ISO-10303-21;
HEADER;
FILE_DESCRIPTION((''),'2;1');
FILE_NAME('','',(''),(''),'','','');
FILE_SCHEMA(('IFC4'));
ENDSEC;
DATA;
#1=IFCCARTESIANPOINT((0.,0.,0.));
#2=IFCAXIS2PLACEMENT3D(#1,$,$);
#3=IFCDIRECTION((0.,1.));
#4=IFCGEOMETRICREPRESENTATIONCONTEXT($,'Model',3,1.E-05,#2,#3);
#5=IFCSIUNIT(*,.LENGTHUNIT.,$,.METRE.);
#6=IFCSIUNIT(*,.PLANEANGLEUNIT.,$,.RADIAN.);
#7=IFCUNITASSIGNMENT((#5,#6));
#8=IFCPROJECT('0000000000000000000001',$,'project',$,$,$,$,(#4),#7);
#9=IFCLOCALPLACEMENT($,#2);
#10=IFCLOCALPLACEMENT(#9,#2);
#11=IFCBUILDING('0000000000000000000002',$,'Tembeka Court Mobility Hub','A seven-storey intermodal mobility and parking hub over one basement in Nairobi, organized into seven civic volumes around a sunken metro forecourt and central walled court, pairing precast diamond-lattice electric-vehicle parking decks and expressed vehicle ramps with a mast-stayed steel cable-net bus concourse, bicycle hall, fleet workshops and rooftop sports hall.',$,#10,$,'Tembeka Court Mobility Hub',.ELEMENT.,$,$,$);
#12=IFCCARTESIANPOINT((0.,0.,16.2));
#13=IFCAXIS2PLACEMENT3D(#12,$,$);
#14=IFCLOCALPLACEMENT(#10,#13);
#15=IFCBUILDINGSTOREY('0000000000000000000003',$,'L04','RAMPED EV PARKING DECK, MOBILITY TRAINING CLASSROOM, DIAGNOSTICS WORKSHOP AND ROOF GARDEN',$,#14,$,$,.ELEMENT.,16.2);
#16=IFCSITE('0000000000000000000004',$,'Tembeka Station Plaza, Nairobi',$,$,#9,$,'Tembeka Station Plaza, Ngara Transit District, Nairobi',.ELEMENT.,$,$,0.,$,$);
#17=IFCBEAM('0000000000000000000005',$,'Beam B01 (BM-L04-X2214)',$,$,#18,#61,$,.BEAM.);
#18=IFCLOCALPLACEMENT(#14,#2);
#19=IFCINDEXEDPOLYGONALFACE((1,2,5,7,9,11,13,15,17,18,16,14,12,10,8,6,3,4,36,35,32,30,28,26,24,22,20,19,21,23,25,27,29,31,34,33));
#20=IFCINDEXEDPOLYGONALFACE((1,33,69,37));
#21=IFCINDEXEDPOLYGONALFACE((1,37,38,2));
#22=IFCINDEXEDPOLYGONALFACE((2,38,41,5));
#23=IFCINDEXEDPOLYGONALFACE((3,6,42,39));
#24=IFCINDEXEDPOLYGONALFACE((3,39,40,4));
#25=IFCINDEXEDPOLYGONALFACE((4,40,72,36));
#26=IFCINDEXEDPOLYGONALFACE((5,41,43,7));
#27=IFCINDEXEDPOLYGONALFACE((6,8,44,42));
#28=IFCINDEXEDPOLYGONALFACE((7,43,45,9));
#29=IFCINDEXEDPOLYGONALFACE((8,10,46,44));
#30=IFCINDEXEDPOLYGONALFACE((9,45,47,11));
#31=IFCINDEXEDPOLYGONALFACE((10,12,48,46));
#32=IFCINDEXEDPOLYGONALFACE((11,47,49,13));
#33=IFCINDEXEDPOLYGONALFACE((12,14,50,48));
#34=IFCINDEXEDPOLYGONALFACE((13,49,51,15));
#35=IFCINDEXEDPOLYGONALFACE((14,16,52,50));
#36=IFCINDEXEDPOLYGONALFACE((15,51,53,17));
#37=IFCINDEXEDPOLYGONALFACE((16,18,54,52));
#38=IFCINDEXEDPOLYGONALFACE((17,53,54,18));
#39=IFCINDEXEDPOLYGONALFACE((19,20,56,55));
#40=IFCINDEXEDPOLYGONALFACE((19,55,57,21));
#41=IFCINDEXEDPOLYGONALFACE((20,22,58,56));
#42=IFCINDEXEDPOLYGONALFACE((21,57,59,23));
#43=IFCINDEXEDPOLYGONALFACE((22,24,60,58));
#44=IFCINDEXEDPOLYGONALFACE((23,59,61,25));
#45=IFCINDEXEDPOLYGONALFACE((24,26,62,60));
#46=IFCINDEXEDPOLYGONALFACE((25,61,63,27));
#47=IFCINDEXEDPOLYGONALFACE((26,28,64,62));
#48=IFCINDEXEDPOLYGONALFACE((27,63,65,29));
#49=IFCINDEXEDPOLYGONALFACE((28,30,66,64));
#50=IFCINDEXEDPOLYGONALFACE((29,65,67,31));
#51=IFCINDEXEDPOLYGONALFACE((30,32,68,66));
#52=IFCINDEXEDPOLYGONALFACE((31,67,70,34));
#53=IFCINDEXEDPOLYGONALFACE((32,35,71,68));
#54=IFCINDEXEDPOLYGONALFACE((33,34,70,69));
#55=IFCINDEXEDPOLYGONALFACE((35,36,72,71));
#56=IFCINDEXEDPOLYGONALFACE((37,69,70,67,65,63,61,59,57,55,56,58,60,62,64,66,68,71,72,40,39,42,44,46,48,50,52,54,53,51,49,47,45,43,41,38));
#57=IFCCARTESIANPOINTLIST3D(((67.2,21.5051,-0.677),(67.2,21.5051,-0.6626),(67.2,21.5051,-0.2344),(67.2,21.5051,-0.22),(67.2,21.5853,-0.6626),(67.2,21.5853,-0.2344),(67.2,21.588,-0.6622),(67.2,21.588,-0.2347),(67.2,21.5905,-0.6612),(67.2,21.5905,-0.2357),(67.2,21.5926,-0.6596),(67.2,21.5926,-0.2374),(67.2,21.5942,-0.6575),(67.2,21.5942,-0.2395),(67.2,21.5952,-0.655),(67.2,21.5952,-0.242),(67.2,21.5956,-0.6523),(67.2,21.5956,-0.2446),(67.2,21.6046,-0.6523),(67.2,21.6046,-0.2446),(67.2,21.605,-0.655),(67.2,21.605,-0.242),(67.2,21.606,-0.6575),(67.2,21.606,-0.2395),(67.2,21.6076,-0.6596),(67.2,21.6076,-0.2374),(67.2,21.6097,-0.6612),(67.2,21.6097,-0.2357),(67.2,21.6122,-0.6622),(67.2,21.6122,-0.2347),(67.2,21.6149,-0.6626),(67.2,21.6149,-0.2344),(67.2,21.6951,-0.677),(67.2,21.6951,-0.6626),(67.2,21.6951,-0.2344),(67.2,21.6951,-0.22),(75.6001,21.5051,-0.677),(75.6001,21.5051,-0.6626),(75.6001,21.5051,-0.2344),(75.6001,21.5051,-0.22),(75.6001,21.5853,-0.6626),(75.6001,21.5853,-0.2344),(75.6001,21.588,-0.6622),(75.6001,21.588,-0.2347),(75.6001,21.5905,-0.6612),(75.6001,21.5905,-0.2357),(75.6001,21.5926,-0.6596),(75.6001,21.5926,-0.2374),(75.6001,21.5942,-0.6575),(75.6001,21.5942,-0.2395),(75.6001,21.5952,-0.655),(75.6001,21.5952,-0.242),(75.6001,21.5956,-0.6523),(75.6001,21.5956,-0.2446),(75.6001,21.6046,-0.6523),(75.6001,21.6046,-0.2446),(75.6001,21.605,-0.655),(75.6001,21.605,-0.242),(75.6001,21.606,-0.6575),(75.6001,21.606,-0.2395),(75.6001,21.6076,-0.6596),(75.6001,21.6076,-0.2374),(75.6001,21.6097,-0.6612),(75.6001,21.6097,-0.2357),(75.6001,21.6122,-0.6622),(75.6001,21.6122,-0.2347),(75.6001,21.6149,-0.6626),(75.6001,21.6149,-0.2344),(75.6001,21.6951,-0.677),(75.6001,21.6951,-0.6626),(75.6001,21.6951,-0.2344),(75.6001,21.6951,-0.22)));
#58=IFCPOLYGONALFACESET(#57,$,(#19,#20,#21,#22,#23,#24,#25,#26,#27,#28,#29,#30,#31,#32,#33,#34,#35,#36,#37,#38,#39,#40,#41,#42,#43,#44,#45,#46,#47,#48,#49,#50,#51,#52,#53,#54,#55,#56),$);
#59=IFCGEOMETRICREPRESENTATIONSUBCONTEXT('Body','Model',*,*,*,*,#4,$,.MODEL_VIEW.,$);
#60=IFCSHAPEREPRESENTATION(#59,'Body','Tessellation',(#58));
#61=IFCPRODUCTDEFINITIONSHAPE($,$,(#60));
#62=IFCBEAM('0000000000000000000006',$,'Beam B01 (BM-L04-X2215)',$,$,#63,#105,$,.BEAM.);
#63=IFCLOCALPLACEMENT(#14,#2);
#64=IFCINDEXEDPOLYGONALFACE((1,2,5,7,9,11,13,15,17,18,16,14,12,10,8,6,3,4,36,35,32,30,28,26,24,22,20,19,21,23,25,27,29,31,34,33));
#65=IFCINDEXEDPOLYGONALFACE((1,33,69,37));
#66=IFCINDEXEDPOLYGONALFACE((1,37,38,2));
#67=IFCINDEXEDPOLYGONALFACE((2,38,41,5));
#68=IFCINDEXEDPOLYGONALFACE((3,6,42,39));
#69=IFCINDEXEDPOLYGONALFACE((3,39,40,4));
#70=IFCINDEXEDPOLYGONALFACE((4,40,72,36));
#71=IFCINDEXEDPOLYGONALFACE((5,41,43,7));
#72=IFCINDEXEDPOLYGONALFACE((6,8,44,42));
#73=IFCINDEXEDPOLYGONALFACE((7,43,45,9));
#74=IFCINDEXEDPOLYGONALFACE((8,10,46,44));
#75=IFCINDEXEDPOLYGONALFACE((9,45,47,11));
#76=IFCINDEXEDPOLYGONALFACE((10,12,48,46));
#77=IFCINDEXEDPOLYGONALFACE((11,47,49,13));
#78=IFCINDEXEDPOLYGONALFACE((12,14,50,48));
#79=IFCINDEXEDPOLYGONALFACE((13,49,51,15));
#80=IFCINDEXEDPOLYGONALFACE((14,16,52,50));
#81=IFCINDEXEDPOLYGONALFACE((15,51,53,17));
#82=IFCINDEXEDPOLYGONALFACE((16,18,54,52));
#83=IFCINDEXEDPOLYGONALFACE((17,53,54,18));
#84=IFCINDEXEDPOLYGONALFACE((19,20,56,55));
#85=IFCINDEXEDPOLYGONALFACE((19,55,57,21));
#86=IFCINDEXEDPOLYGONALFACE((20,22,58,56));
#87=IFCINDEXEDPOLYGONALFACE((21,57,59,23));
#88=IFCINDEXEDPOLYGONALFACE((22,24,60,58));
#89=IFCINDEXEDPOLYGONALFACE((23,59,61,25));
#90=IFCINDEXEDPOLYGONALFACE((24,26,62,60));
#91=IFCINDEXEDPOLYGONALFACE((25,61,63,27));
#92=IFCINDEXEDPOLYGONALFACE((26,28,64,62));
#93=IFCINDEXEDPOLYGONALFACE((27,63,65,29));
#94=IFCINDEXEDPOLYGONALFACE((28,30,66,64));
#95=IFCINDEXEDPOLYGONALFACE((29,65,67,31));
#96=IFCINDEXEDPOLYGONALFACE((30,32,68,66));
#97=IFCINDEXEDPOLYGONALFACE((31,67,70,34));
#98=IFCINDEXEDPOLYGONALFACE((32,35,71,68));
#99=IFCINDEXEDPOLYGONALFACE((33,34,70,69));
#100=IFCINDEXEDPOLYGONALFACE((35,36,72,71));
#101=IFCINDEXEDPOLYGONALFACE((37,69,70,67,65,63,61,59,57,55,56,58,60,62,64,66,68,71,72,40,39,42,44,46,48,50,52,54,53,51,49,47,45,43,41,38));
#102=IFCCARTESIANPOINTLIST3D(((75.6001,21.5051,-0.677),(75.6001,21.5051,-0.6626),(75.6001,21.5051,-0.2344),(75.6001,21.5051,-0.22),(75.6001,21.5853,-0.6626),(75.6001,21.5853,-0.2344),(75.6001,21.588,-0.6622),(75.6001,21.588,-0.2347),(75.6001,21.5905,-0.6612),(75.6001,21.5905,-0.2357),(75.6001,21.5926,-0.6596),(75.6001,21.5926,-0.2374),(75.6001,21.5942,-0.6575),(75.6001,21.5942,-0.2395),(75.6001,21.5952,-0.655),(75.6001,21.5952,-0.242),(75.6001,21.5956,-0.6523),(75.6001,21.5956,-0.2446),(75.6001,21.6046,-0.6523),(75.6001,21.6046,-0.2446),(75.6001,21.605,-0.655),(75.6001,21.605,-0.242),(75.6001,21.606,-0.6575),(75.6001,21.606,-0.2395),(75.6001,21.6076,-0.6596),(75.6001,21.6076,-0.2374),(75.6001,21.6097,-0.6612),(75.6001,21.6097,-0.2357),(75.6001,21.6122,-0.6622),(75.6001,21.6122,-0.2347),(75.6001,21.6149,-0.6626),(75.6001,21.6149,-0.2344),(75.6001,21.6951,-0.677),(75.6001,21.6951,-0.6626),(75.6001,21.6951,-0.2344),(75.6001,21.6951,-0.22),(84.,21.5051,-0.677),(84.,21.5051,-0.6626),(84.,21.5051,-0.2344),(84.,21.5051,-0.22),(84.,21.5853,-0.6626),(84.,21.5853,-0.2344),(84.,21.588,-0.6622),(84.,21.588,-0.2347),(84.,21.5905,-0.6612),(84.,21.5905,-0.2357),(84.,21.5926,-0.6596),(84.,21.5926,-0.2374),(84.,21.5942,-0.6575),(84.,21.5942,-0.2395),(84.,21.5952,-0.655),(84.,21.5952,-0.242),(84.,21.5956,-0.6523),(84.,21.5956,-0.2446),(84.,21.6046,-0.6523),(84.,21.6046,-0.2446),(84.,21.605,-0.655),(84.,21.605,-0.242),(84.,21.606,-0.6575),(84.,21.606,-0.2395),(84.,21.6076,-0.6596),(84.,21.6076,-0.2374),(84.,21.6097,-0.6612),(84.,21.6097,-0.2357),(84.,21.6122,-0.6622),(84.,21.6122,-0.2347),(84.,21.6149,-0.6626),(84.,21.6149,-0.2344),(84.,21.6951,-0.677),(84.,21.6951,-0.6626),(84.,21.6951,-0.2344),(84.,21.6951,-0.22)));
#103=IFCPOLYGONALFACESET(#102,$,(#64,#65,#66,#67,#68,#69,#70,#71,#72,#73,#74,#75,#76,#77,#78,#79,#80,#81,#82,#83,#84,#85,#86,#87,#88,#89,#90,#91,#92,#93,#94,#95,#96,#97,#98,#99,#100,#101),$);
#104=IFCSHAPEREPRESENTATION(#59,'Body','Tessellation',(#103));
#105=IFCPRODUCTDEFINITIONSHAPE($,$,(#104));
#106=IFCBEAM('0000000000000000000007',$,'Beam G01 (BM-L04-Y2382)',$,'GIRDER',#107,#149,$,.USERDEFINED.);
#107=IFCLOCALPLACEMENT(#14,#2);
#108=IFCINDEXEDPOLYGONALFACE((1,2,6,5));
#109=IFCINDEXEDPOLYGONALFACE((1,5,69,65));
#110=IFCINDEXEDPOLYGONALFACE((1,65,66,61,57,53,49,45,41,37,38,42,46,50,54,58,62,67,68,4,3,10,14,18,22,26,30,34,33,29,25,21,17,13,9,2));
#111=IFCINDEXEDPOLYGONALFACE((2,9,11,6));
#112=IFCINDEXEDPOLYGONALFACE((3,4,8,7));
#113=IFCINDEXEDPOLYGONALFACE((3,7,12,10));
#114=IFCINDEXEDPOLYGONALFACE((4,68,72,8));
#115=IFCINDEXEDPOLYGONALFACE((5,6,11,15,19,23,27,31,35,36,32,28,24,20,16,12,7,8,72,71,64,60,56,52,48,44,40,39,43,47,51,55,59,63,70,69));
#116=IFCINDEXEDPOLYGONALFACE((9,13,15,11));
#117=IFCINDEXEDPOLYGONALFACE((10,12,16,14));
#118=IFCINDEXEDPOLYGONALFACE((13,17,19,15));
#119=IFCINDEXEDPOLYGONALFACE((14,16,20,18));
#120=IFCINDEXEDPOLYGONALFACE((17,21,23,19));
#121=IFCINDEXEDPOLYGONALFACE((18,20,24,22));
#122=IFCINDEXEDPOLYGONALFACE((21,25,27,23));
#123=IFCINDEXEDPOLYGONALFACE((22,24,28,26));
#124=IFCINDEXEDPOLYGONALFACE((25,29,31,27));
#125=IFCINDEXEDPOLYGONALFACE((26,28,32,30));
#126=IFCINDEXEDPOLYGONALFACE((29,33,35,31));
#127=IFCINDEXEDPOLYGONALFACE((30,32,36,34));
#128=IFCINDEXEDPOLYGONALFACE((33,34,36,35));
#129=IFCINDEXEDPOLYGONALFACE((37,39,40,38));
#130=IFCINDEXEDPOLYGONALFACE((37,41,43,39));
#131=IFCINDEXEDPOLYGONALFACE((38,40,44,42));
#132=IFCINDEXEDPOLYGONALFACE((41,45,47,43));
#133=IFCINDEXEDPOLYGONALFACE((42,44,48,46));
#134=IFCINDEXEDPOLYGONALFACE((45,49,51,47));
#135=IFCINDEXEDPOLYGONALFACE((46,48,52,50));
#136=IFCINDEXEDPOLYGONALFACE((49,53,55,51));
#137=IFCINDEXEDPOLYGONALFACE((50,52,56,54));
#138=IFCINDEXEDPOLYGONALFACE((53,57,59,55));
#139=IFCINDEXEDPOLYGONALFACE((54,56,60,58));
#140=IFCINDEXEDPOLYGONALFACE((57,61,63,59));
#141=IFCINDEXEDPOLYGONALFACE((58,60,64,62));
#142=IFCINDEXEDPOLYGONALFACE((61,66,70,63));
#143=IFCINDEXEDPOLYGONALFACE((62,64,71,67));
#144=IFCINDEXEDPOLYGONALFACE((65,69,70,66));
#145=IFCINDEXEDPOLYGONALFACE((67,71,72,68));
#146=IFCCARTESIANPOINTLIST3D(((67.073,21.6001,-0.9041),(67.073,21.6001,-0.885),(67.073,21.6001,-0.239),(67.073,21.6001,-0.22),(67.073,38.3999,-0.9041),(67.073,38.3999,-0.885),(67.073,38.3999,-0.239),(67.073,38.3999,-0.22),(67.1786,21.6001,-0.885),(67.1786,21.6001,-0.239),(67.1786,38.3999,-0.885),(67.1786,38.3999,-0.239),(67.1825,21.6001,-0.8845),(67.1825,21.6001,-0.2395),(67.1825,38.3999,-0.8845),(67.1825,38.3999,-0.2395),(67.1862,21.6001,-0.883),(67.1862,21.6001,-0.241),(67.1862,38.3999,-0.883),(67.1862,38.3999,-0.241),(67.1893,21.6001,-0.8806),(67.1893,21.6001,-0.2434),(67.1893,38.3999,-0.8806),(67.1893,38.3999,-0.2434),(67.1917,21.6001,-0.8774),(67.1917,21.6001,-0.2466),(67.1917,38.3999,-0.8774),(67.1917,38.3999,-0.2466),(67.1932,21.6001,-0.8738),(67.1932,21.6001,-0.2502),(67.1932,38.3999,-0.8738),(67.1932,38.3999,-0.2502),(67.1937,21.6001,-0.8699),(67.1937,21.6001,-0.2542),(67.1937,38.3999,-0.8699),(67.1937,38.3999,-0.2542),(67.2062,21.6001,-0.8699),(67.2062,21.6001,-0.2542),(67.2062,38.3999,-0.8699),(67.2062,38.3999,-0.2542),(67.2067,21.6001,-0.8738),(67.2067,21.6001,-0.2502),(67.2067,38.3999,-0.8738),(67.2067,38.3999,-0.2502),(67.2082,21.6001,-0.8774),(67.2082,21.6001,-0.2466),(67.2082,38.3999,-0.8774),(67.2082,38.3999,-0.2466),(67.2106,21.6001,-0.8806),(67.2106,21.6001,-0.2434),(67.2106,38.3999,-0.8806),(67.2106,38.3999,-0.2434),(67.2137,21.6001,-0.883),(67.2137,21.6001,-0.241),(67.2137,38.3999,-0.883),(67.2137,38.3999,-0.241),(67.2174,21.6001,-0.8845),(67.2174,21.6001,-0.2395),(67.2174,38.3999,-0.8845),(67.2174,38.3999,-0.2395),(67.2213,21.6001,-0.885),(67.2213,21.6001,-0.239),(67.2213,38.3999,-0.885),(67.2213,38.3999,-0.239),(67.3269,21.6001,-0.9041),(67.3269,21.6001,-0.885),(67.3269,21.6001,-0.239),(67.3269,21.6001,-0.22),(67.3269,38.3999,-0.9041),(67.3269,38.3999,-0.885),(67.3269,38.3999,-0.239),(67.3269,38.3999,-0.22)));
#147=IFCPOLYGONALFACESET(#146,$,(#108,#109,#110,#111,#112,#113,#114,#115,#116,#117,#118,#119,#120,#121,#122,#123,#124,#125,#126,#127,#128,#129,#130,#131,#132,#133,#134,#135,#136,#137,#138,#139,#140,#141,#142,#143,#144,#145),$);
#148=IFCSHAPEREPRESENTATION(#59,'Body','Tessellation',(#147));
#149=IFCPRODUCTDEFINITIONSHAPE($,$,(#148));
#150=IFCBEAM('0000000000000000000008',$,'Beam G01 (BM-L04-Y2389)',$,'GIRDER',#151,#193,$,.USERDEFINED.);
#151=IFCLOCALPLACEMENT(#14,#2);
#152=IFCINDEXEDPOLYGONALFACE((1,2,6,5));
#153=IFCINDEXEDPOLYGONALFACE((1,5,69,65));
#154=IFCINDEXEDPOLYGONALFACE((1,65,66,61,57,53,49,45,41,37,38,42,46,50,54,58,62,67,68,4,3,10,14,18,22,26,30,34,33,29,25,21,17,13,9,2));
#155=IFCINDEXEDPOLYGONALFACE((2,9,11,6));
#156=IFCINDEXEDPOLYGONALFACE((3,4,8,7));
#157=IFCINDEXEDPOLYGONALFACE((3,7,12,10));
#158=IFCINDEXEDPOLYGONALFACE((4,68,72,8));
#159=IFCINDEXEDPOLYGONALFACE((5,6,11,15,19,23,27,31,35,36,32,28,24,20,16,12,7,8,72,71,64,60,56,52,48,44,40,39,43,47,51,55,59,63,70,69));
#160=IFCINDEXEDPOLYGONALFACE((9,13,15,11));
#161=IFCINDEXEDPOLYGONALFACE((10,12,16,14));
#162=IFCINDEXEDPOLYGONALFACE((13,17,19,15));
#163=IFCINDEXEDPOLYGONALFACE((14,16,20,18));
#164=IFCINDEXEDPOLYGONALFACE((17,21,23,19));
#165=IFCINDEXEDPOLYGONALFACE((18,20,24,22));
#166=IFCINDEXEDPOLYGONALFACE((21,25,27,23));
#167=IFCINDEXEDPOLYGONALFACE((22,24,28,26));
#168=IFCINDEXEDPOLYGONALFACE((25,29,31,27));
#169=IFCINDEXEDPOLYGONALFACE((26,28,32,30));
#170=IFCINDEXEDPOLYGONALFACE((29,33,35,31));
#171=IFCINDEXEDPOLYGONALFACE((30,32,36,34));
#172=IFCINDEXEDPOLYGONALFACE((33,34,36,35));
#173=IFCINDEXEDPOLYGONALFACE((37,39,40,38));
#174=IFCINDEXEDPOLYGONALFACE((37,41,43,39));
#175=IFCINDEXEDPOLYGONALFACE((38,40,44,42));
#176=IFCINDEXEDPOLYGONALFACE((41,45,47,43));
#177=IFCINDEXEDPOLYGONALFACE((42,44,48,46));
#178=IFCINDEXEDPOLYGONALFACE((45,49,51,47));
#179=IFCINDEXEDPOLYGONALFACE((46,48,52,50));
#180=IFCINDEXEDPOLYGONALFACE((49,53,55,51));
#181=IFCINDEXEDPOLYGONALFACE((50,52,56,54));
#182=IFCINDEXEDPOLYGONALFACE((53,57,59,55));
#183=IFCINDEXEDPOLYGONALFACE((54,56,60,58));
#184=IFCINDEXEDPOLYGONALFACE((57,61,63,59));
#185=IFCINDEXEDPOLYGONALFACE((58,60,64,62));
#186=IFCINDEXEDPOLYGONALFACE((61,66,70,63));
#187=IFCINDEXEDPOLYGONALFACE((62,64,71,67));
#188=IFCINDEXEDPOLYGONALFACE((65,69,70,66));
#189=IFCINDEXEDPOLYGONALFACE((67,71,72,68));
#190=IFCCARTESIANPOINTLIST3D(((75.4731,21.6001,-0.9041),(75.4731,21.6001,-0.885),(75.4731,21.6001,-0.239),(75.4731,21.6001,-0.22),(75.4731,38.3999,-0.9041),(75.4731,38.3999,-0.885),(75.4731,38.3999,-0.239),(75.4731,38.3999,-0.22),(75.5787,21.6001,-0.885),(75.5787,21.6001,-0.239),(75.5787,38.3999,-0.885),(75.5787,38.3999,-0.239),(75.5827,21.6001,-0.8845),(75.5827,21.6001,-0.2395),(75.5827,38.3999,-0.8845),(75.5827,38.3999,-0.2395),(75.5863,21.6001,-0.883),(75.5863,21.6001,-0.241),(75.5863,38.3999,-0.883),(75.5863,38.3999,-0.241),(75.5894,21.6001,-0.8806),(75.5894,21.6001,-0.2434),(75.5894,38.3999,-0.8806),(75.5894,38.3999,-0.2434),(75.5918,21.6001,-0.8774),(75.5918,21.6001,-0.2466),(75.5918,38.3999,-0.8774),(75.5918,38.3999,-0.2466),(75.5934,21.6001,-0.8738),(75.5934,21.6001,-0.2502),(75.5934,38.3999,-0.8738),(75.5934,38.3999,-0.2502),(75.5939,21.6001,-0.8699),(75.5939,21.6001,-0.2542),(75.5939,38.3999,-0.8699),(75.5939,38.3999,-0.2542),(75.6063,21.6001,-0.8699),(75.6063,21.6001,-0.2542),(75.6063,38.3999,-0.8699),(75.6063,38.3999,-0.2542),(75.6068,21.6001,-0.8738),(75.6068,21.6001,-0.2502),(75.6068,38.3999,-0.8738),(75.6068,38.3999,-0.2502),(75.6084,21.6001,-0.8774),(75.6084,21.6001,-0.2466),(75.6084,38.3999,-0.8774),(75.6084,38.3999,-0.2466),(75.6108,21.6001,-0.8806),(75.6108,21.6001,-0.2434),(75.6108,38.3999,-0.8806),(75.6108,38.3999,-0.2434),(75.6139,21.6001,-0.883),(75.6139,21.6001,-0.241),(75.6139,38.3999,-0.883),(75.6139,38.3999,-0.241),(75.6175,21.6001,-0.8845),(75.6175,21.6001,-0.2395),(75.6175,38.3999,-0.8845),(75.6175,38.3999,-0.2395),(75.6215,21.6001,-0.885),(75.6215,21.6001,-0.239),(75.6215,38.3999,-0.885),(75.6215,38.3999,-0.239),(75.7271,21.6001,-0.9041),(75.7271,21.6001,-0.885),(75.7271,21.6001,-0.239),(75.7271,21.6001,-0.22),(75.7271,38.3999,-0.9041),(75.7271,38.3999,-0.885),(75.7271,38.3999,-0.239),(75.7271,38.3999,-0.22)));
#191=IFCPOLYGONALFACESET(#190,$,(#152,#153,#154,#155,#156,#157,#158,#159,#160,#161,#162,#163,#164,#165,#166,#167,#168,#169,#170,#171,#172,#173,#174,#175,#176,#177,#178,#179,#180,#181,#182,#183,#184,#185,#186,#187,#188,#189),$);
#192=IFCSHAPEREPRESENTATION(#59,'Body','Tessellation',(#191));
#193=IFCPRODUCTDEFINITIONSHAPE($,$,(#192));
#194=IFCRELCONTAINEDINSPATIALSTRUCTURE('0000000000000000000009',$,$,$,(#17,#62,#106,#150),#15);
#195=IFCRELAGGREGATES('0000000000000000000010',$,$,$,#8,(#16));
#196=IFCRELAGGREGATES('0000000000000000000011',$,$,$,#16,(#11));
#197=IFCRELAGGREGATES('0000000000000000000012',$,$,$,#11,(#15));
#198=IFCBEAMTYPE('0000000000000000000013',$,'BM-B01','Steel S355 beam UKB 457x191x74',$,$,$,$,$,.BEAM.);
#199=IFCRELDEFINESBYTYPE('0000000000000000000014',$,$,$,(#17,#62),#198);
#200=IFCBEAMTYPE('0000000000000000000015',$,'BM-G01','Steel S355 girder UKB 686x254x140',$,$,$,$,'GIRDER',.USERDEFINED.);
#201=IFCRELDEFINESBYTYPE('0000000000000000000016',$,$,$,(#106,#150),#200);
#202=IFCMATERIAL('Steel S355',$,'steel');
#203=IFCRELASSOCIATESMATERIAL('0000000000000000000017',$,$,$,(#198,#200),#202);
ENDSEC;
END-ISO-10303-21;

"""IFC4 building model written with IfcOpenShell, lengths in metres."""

from ifc_helpers import new_model, si_unit, direction, frame, origin, origin_2d, place, context, subcontext, project, spatial, i_section, extrude, material, material_profile, profile_set, type_object, element, save


model = new_model("IFC4")

# Units and contexts
model_context = context("Model", 3, precision=1e-05, world=origin(), true_north=direction((0.0, 1.0)))
body_context = subcontext(model_context, "Body", "Model", "MODEL_VIEW")
ifc_project = project(units=[si_unit("LENGTHUNIT", "METRE"), si_unit("PLANEANGLEUNIT", "RADIAN")], contexts=[model_context])

# Site, building, storey
site_placement = place(None, origin())
site = spatial("IfcSite", under=ifc_project, at=site_placement, Name="Tembeka Station Plaza, Nairobi", LongName="Tembeka Station Plaza, Ngara Transit District, Nairobi", CompositionType="ELEMENT", RefElevation=0.0)
building_placement = place(site_placement, origin())
building = spatial("IfcBuilding", under=site, at=building_placement, Name="Tembeka Court Mobility Hub", Description="A seven-storey intermodal mobility and parking hub over one basement in Nairobi, organized into seven civic volumes around a sunken metro forecourt and central walled court, pairing precast diamond-lattice electric-vehicle parking decks and expressed vehicle ramps with a mast-stayed steel cable-net bus concourse, bicycle hall, fleet workshops and rooftop sports hall.", LongName="Tembeka Court Mobility Hub", CompositionType="ELEMENT")
storey_placement = place(building_placement, frame((0.0, 0.0, 16.2)))
storey = spatial("IfcBuildingStorey", under=building, at=storey_placement, Name="L04", Description="RAMPED EV PARKING DECK, MOBILITY TRAINING CLASSROOM, DIAGNOSTICS WORKSHOP AND ROOF GARDEN", CompositionType="ELEMENT", Elevation=16.2)

# Shared definitions
ifc_material_1 = material(Name="Steel S355", Category="steel")

# Beams
ifc_material_profile_1 = material_profile(ifc_material_1, i_section(OverallWidth=0.1899, OverallDepth=0.457, WebThickness=0.009, FlangeThickness=0.0144, FilletRadius=0.0103, at=origin_2d()), Name="UKB 457x191x74")
ifc_profile_set_1 = profile_set([ifc_material_profile_1], Name="Steel S355")
beam_type_1 = type_object("IfcBeamType", Name="BM-B01", Description="Steel S355 beam UKB 457x191x74", PredefinedType="BEAM", material=ifc_profile_set_1)
beam_1_placement = place(storey_placement, frame((67.2, 21.6001, -0.4485), z_axis=(1.0, 0.0, 0.0), x_axis=(0.0, 1.0, 0.0)))
element("IfcBeam", 1, at=beam_1_placement, inside=storey, type_object=beam_type_1, Name="Beam B01 (BM-L04-X2214)", PredefinedType="BEAM", context=body_context, shape_type="SweptSolid", body=[
    extrude(i_section(OverallWidth=0.1899, OverallDepth=0.457, WebThickness=0.009, FlangeThickness=0.0144, FilletRadius=0.0103, at=origin_2d()), origin(), (0.0, 0.0, 1.0), 8.4001),
])
beam_2_placement = place(storey_placement, frame((75.6001, 21.6001, -0.4485), z_axis=(1.0, 0.0, 0.0), x_axis=(0.0, 1.0, 0.0)))
element("IfcBeam", 2, at=beam_2_placement, inside=storey, type_object=beam_type_1, Name="Beam B01 (BM-L04-X2215)", PredefinedType="BEAM", context=body_context, shape_type="SweptSolid", body=[
    extrude(i_section(OverallWidth=0.1899, OverallDepth=0.457, WebThickness=0.009, FlangeThickness=0.0144, FilletRadius=0.0103, at=origin_2d()), origin(), (0.0, 0.0, 1.0), 8.3999),
])
ifc_material_profile_2 = material_profile(ifc_material_1, i_section(OverallWidth=0.2539, OverallDepth=0.6841, WebThickness=0.0125, FlangeThickness=0.019, FilletRadius=0.0151, at=origin_2d()), Name="UKB 686x254x140")
ifc_profile_set_2 = profile_set([ifc_material_profile_2], Name="Steel S355")
beam_type_2 = type_object("IfcBeamType", Name="BM-G01", Description="Steel S355 girder UKB 686x254x140", ElementType="GIRDER", PredefinedType="USERDEFINED", material=ifc_profile_set_2)
for number, where, z_axis, x_axis, name in (
    (3, (67.2, 21.6001, -0.562), (0.0, 1.0, 0.0), (-1.0, 0.0, 0.0), "Beam G01 (BM-L04-Y2382)"),
    (4, (75.6001, 21.6001, -0.562), (0.0, 1.0, 0.0), (-1.0, 0.0, 0.0), "Beam G01 (BM-L04-Y2389)"),
):
    element("IfcBeam", number, at=place(storey_placement, frame(where, z_axis=z_axis, x_axis=x_axis)), inside=storey, type_object=beam_type_2, Name=name, ObjectType="GIRDER", PredefinedType="USERDEFINED", context=body_context, shape_type="SweptSolid", body=[
        extrude(i_section(OverallWidth=0.2539, OverallDepth=0.6841, WebThickness=0.0125, FlangeThickness=0.019, FilletRadius=0.0151, at=origin_2d()), origin(), (0.0, 0.0, 1.0), 16.7998),
    ])

save(model, "model.ifc")
